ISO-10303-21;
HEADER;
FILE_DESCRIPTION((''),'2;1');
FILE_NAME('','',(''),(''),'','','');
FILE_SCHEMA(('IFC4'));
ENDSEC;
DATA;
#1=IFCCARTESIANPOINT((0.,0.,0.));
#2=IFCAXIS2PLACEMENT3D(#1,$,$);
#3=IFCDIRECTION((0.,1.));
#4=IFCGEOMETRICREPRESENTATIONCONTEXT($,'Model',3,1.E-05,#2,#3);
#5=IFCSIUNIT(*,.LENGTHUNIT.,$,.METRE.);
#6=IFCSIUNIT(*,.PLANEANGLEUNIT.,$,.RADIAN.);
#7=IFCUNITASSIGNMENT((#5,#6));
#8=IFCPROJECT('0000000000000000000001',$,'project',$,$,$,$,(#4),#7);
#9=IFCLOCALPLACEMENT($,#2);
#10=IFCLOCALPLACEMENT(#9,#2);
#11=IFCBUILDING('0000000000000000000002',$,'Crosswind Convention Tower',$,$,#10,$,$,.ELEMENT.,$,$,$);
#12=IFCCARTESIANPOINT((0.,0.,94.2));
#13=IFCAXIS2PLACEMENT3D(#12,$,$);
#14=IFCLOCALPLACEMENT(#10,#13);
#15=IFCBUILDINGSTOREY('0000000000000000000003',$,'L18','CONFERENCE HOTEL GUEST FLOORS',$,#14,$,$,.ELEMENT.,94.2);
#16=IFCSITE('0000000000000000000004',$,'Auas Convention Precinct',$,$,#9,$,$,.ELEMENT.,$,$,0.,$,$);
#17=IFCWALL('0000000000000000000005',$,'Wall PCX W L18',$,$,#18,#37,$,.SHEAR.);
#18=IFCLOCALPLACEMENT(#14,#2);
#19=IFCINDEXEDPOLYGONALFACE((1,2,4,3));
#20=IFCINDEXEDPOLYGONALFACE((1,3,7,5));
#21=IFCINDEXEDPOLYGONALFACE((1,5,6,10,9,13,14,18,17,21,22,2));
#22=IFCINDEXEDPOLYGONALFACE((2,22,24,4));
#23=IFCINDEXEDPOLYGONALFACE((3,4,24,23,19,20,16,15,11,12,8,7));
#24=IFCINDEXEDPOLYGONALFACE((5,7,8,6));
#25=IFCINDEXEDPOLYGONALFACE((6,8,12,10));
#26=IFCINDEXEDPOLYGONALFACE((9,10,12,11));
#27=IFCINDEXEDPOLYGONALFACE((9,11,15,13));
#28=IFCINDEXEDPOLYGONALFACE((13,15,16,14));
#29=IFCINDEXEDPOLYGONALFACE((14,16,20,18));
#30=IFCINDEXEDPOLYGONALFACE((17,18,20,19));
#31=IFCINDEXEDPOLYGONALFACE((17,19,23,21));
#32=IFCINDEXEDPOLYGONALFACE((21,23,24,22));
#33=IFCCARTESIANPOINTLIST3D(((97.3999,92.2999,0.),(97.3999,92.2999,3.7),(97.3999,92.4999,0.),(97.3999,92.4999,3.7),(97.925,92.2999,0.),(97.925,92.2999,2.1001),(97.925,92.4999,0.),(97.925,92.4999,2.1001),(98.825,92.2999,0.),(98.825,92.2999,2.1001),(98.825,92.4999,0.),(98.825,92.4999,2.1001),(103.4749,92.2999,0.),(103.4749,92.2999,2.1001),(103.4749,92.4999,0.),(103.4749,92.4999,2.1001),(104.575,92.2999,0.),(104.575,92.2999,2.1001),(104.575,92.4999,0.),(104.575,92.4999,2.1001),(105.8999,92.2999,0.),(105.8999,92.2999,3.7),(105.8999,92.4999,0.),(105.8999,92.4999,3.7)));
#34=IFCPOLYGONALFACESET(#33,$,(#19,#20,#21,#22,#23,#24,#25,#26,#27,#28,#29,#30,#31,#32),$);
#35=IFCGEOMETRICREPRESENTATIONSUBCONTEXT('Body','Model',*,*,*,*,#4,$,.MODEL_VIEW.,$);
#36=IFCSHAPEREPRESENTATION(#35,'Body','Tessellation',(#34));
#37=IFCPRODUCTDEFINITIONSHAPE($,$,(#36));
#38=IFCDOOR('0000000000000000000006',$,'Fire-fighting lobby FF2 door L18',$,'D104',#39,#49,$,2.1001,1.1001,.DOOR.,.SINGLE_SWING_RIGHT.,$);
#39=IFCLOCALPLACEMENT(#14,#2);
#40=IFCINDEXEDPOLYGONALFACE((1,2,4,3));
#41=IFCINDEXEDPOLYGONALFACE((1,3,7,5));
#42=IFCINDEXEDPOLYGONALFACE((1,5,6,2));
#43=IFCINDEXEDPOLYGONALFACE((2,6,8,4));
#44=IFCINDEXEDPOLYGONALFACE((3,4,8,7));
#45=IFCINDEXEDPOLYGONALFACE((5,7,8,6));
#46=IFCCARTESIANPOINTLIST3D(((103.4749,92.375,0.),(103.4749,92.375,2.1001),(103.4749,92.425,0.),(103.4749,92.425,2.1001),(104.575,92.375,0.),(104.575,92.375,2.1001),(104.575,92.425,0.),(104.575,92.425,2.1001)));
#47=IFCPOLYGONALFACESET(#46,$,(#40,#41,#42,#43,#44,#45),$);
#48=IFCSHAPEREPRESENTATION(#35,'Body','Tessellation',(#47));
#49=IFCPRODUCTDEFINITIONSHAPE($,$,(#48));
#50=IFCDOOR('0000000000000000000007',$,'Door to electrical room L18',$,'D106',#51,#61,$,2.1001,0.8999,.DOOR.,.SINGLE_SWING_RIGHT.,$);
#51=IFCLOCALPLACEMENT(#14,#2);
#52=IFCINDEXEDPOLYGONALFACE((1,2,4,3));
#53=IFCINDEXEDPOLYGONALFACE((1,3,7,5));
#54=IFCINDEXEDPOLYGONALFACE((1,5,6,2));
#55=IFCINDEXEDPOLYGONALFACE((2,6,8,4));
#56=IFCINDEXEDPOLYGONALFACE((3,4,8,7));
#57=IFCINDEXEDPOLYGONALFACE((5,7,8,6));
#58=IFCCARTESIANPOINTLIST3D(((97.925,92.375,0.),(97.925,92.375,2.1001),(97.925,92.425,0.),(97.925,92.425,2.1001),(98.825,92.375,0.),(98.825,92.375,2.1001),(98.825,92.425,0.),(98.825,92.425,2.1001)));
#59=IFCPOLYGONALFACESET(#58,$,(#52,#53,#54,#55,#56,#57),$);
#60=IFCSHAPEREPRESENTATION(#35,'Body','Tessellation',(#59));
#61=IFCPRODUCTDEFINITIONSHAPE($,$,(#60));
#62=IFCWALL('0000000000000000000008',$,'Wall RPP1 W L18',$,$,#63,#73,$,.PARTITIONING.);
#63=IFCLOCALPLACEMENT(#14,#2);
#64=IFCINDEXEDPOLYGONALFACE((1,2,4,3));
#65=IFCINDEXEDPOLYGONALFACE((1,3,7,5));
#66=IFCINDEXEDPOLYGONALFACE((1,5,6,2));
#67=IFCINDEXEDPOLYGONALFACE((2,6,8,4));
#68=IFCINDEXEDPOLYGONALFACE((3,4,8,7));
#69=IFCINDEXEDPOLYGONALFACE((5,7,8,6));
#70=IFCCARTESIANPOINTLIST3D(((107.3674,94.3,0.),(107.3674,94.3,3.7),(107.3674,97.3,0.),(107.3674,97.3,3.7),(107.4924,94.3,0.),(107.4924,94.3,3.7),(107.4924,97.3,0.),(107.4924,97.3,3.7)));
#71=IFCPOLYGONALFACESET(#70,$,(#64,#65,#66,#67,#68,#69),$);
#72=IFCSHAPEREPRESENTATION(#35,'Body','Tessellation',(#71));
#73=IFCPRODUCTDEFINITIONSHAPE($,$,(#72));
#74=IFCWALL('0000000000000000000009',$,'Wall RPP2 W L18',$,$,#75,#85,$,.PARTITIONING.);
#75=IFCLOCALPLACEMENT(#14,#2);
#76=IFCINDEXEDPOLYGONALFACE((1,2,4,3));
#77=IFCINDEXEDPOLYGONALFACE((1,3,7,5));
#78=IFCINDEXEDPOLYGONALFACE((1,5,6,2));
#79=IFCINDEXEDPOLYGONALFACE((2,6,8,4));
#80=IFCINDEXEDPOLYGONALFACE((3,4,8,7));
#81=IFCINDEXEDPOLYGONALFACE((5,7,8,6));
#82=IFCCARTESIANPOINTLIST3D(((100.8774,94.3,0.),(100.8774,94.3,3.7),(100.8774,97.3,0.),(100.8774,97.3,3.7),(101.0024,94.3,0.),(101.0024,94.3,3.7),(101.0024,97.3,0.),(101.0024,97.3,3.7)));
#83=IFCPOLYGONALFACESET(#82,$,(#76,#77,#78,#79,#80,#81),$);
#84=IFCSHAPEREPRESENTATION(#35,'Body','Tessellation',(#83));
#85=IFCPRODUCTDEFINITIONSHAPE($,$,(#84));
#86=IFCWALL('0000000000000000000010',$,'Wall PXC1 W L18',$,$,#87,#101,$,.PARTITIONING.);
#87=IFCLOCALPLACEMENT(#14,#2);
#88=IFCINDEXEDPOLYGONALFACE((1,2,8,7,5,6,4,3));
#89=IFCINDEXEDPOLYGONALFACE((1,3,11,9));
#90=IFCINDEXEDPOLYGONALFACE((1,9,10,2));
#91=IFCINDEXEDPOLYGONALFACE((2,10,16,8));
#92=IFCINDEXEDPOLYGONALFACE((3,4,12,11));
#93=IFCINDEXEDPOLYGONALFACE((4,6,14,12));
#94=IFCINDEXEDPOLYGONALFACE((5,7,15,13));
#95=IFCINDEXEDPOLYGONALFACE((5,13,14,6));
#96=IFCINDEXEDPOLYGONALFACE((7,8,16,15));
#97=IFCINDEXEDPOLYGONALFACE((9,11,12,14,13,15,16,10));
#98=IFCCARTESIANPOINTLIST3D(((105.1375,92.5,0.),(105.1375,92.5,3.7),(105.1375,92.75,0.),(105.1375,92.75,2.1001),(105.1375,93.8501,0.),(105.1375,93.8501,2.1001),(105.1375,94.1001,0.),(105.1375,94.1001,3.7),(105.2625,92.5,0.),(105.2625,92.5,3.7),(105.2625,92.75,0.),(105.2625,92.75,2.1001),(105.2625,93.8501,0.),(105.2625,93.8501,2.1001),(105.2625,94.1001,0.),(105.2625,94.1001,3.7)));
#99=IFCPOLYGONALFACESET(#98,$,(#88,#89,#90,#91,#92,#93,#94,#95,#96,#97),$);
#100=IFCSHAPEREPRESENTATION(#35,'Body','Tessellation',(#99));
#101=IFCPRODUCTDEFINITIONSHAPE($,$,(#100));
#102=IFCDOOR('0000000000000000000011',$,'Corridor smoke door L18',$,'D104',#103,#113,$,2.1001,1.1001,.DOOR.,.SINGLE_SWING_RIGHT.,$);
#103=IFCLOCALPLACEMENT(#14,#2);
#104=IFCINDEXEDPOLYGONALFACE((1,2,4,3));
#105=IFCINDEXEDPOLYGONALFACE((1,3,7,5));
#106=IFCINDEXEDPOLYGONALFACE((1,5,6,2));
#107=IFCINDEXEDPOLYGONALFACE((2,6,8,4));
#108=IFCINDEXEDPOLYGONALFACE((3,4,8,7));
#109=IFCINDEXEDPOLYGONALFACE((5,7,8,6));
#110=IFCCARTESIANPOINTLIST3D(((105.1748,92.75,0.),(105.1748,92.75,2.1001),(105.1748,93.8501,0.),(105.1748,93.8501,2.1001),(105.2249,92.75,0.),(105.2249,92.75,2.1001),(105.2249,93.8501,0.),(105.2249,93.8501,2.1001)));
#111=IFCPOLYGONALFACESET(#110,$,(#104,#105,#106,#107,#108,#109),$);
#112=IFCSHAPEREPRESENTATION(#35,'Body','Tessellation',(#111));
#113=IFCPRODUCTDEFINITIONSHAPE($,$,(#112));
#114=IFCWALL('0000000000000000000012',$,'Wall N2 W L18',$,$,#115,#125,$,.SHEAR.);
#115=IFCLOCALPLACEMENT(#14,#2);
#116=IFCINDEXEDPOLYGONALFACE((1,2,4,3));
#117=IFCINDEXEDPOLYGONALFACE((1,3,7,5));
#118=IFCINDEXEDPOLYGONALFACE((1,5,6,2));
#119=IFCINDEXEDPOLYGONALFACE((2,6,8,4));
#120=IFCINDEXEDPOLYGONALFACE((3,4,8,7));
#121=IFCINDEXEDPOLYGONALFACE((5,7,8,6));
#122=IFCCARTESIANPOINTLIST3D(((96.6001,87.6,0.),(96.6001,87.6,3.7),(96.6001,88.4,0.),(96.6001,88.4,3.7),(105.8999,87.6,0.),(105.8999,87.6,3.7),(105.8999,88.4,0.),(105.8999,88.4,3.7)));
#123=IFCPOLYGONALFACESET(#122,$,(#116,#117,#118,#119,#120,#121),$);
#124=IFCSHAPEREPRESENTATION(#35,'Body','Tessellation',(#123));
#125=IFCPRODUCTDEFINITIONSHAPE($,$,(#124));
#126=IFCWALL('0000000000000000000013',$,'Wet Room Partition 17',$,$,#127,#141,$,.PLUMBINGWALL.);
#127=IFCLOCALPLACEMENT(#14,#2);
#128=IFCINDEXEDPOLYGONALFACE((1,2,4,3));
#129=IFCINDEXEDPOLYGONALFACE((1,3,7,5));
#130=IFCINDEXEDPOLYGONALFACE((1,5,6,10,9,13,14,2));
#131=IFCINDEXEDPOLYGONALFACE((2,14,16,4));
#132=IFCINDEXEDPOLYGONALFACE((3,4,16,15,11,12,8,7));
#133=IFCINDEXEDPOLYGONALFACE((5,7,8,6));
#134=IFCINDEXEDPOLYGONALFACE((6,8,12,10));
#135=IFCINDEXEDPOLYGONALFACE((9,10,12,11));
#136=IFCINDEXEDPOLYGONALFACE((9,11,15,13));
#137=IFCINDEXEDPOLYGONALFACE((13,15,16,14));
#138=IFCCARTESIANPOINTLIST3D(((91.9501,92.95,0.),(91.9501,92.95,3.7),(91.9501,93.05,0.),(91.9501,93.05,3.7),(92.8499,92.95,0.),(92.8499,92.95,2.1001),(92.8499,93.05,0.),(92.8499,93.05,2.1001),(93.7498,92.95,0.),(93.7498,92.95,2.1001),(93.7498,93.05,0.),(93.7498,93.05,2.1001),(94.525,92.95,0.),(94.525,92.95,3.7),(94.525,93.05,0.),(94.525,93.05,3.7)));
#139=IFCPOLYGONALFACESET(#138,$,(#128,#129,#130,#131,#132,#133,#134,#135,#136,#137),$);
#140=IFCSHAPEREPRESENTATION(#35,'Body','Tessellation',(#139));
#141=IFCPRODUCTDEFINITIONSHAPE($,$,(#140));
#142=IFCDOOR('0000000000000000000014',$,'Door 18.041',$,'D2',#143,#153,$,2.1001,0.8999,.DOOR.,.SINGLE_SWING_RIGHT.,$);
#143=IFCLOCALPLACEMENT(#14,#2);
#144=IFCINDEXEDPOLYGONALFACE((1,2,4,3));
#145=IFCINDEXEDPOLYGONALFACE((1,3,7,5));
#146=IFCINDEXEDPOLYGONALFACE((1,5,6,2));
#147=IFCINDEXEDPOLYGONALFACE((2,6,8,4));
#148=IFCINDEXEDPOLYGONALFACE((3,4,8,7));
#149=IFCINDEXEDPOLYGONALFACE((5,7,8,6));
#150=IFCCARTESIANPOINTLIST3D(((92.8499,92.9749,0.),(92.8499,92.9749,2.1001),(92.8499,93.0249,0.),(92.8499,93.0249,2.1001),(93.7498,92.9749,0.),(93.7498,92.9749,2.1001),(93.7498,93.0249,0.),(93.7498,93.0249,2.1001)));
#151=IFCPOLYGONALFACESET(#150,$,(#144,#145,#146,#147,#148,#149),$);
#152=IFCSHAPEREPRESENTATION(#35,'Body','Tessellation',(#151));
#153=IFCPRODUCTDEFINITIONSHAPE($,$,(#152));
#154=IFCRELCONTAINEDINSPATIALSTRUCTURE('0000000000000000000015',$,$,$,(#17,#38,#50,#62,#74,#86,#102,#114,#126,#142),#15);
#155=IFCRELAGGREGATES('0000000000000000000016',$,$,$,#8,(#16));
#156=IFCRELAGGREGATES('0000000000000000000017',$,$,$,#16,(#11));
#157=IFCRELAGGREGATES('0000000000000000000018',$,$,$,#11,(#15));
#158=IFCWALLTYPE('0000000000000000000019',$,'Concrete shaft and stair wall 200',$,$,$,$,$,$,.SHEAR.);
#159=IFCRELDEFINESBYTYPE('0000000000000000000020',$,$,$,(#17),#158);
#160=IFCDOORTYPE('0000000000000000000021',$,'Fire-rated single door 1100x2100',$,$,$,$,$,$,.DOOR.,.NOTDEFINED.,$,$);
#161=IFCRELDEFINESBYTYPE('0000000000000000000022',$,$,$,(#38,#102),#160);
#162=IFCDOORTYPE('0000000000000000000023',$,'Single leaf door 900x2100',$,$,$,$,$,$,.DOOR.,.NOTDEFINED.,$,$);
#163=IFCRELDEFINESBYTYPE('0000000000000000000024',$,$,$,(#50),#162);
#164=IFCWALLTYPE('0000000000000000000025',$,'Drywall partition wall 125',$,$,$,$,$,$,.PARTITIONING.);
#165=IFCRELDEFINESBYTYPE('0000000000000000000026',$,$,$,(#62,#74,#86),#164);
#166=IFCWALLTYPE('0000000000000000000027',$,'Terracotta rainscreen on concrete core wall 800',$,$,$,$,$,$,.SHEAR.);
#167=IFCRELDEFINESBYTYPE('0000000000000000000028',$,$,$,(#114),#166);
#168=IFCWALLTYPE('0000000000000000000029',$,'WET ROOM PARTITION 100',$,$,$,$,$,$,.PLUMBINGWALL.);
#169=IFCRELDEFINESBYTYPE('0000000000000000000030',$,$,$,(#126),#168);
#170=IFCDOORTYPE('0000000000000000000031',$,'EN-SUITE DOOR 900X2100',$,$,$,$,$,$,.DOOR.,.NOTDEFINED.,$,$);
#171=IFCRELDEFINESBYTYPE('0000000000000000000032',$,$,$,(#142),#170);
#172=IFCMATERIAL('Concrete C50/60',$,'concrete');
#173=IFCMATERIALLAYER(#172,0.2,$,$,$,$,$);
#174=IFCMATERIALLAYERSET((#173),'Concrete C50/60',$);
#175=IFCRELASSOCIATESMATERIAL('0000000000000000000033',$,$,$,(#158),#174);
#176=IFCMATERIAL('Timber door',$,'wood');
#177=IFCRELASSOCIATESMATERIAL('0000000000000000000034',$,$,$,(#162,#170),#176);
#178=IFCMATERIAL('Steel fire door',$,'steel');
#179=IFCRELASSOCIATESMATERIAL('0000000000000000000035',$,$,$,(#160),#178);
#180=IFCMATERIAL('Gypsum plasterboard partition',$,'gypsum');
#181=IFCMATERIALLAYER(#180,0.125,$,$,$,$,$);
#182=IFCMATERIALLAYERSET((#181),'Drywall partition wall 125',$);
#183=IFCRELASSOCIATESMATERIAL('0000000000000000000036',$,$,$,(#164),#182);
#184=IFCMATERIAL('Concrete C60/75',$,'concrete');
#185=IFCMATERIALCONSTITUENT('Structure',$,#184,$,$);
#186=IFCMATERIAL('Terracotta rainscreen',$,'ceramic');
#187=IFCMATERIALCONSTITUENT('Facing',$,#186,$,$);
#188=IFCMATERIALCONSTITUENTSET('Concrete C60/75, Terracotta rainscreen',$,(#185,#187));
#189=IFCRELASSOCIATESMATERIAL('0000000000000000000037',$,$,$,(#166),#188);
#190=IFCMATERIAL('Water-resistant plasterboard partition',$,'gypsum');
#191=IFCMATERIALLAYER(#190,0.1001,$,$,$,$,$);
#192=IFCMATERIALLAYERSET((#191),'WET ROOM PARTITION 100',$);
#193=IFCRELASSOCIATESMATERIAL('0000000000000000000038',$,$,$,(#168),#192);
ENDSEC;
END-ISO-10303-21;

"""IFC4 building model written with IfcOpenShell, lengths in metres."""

from ifc_helpers import new_model, si_unit, direction, frame, frame_2d, origin, place, context, subcontext, project, spatial, rectangle, extrude, material, layer, layer_set, constituent, constituent_set, type_object, element, fill, save


model = new_model("IFC4")

# Units and contexts
model_context = context("Model", 3, precision=1e-05, world=origin(), true_north=direction((0.0, 1.0)))
body_context = subcontext(model_context, "Body", "Model", "MODEL_VIEW")
ifc_project = project(units=[si_unit("LENGTHUNIT", "METRE"), si_unit("PLANEANGLEUNIT", "RADIAN")], contexts=[model_context])

# Site, building, storey
site_placement = place(None, origin())
site = spatial("IfcSite", under=ifc_project, at=site_placement, Name="Auas Convention Precinct", CompositionType="ELEMENT", RefElevation=0.0)
building_placement = place(site_placement, origin())
building = spatial("IfcBuilding", under=site, at=building_placement, Name="Crosswind Convention Tower", CompositionType="ELEMENT")
storey_placement = place(building_placement, frame((0.0, 0.0, 94.2)))
storey = spatial("IfcBuildingStorey", under=building, at=storey_placement, Name="L18", Description="CONFERENCE HOTEL GUEST FLOORS", CompositionType="ELEMENT", Elevation=94.2)

# Shared definitions
ifc_material_1 = material(Name="Concrete C50/60", Category="concrete")
ifc_layer_1 = layer(ifc_material_1, 0.2)
ifc_layer_set_1 = layer_set([ifc_layer_1], Name="Concrete C50/60")
wall_type_1 = type_object("IfcWallType", Name="Concrete shaft and stair wall 200", PredefinedType="SHEAR", material=ifc_layer_set_1)

# Shared definitions
ifc_material_2 = material(Name="Timber door", Category="wood")
door_type_1 = type_object("IfcDoorType", Name="Single leaf door 900x2100", OperationType="NOTDEFINED", PredefinedType="DOOR", material=ifc_material_2)

# Wall, openings, doors
wall_1_placement = place(storey_placement, frame((105.8999, 92.3999, 0.0), z_axis=(0.0, 0.0, 1.0), x_axis=(-1.0, 0.0, 0.0)))
wall_1 = element("IfcWall", 1, at=wall_1_placement, inside=storey, type_object=wall_type_1, Name="Wall PCX W L18", PredefinedType="SHEAR", context=body_context, shape_type="SweptSolid", body=[
    extrude(rectangle(XDim=8.5, YDim=0.2, at=frame_2d((4.25, 0.0))), origin(), (0.0, 0.0, 1.0), 3.7),
])
opening_1_placement = place(wall_1_placement, frame((1.325, 0.0, 0.0)))
opening_1 = element("IfcOpeningElement", 2, at=opening_1_placement, cuts=wall_1, PredefinedType="OPENING", context=body_context, shape_type="SweptSolid", body=[
    extrude(rectangle(XDim=1.1001, YDim=2.1001, at=frame_2d((0.55, 1.05))), frame((0.0, 0.1099, 0.0), z_axis=(0.0, -1.0, 0.0), x_axis=(1.0, 0.0, 0.0)), (0.0, 0.0, 1.0), 0.22),
])
opening_2_placement = place(wall_1_placement, frame((7.075, 0.0, 0.0)))
opening_2 = element("IfcOpeningElement", 3, at=opening_2_placement, cuts=wall_1, PredefinedType="OPENING", context=body_context, shape_type="SweptSolid", body=[
    extrude(rectangle(XDim=0.8999, YDim=2.1001, at=frame_2d((0.45, 1.05))), frame((0.0, 0.1099, 0.0), z_axis=(0.0, -1.0, 0.0), x_axis=(1.0, 0.0, 0.0)), (0.0, 0.0, 1.0), 0.22),
])
ifc_material_3 = material(Name="Steel fire door", Category="steel")
door_type_2 = type_object("IfcDoorType", Name="Fire-rated single door 1100x2100", OperationType="NOTDEFINED", PredefinedType="DOOR", material=ifc_material_3)
door_1_placement = place(opening_1_placement, origin())
door_1 = element("IfcDoor", 4, at=door_1_placement, inside=storey, type_object=door_type_2, Name="Fire-fighting lobby FF2 door L18", ObjectType="D104", OperationType="SINGLE_SWING_RIGHT", OverallHeight=2.1001, OverallWidth=1.1001, PredefinedType="DOOR", context=body_context, shape_type="SweptSolid", body=[
    extrude(rectangle(XDim=1.1001, YDim=2.1001, at=frame_2d((0.55, 1.05))), frame((0.0, 0.0249, 0.0), z_axis=(0.0, -1.0, 0.0), x_axis=(1.0, 0.0, 0.0)), (0.0, 0.0, 1.0), 0.05),
])
fill(opening_1, door_1)
door_2_placement = place(opening_2_placement, origin())
door_2 = element("IfcDoor", 5, at=door_2_placement, inside=storey, type_object=door_type_1, Name="Door to electrical room L18", ObjectType="D106", OperationType="SINGLE_SWING_RIGHT", OverallHeight=2.1001, OverallWidth=0.8999, PredefinedType="DOOR", context=body_context, shape_type="SweptSolid", body=[
    extrude(rectangle(XDim=0.8999, YDim=2.1001, at=frame_2d((0.45, 1.05))), frame((0.0, 0.0249, 0.0), z_axis=(0.0, -1.0, 0.0), x_axis=(1.0, 0.0, 0.0)), (0.0, 0.0, 1.0), 0.05),
])
fill(opening_2, door_2)

# Walls
ifc_material_4 = material(Name="Gypsum plasterboard partition", Category="gypsum")
ifc_layer_2 = layer(ifc_material_4, 0.125)
ifc_layer_set_2 = layer_set([ifc_layer_2], Name="Drywall partition wall 125")
wall_type_2 = type_object("IfcWallType", Name="Drywall partition wall 125", PredefinedType="PARTITIONING", material=ifc_layer_set_2)
for number, where, z_axis, x_axis, name in (
    (6, (107.4299, 97.3, 0.0), (0.0, 0.0, 1.0), (0.0, -1.0, 0.0), "Wall RPP1 W L18"),
    (7, (100.9399, 97.3, 0.0), (0.0, 0.0, 1.0), (0.0, -1.0, 0.0), "Wall RPP2 W L18"),
):
    element("IfcWall", number, at=place(storey_placement, frame(where, z_axis=z_axis, x_axis=x_axis)), inside=storey, type_object=wall_type_2, Name=name, PredefinedType="PARTITIONING", context=body_context, shape_type="SweptSolid", body=[
        extrude(rectangle(XDim=3.0, YDim=0.125, at=frame_2d((1.5, 0.0))), origin(), (0.0, 0.0, 1.0), 3.7),
    ])

# Wall, opening, door
wall_2_placement = place(storey_placement, frame((105.2, 94.1001, 0.0), z_axis=(0.0, 0.0, 1.0), x_axis=(0.0, -1.0, 0.0)))
wall_2 = element("IfcWall", 8, at=wall_2_placement, inside=storey, type_object=wall_type_2, Name="Wall PXC1 W L18", PredefinedType="PARTITIONING", context=body_context, shape_type="SweptSolid", body=[
    extrude(rectangle(XDim=1.6001, YDim=0.125, at=frame_2d((0.8, 0.0))), origin(), (0.0, 0.0, 1.0), 3.7),
])
opening_3_placement = place(wall_2_placement, frame((0.25, 0.0, 0.0)))
opening_3 = element("IfcOpeningElement", 9, at=opening_3_placement, cuts=wall_2, PredefinedType="OPENING", context=body_context, shape_type="SweptSolid", body=[
    extrude(rectangle(XDim=1.1001, YDim=2.1001, at=frame_2d((0.55, 1.05))), frame((0.0, 0.0725, 0.0), z_axis=(0.0, -1.0, 0.0), x_axis=(1.0, 0.0, 0.0)), (0.0, 0.0, 1.0), 0.145),
])
door_3_placement = place(opening_3_placement, origin())
door_3 = element("IfcDoor", 10, at=door_3_placement, inside=storey, type_object=door_type_2, Name="Corridor smoke door L18", ObjectType="D104", OperationType="SINGLE_SWING_RIGHT", OverallHeight=2.1001, OverallWidth=1.1001, PredefinedType="DOOR", context=body_context, shape_type="SweptSolid", body=[
    extrude(rectangle(XDim=1.1001, YDim=2.1001, at=frame_2d((0.55, 1.05))), frame((0.0, 0.0249, 0.0), z_axis=(0.0, -1.0, 0.0), x_axis=(1.0, 0.0, 0.0)), (0.0, 0.0, 1.0), 0.05),
])
fill(opening_3, door_3)

# Wall
ifc_material_5 = material(Name="Concrete C60/75", Category="concrete")
ifc_constituent_1 = constituent(ifc_material_5, Name="Structure")
ifc_material_6 = material(Name="Terracotta rainscreen", Category="ceramic")
ifc_constituent_2 = constituent(ifc_material_6, Name="Facing")
ifc_constituent_set = constituent_set(constituents=[ifc_constituent_1, ifc_constituent_2], Name="Concrete C60/75, Terracotta rainscreen")
wall_type_3 = type_object("IfcWallType", Name="Terracotta rainscreen on concrete core wall 800", PredefinedType="SHEAR", material=ifc_constituent_set)
wall_3_placement = place(storey_placement, frame((105.8999, 88.0, 0.0), z_axis=(0.0, 0.0, 1.0), x_axis=(-1.0, 0.0, 0.0)))
element("IfcWall", 11, at=wall_3_placement, inside=storey, type_object=wall_type_3, Name="Wall N2 W L18", PredefinedType="SHEAR", context=body_context, shape_type="SweptSolid", body=[
    extrude(rectangle(XDim=9.2998, YDim=0.8, at=frame_2d((4.6499, 0.0))), origin(), (0.0, 0.0, 1.0), 3.7),
])

# Wall, opening, door
ifc_material_7 = material(Name="Water-resistant plasterboard partition", Category="gypsum")
ifc_layer_3 = layer(ifc_material_7, 0.1001)
ifc_layer_set_3 = layer_set([ifc_layer_3], Name="WET ROOM PARTITION 100")
wall_type_4 = type_object("IfcWallType", Name="WET ROOM PARTITION 100", PredefinedType="PLUMBINGWALL", material=ifc_layer_set_3)
wall_4_placement = place(storey_placement, frame((91.95, 93.0, 0.0), z_axis=(0.0, 0.0, 1.0), x_axis=(1.0, 0.0, 0.0)))
wall_4 = element("IfcWall", 12, at=wall_4_placement, inside=storey, type_object=wall_type_4, Name="Wet Room Partition 17", PredefinedType="PLUMBINGWALL", context=body_context, shape_type="SweptSolid", body=[
    extrude(rectangle(XDim=2.575, YDim=0.1001, at=frame_2d((1.2876, 0.0))), origin(), (0.0, 0.0, 1.0), 3.7),
])
opening_4_placement = place(wall_4_placement, frame((0.8999, 0.0, 0.0)))
opening_4 = element("IfcOpeningElement", 13, at=opening_4_placement, cuts=wall_4, PredefinedType="OPENING", context=body_context, shape_type="SweptSolid", body=[
    extrude(rectangle(XDim=0.8999, YDim=2.1001, at=frame_2d((0.45, 1.05))), frame((0.0, 0.0601, 0.0), z_axis=(0.0, -1.0, 0.0), x_axis=(1.0, 0.0, 0.0)), (0.0, 0.0, 1.0), 0.1201),
])
door_type_3 = type_object("IfcDoorType", Name="EN-SUITE DOOR 900X2100", OperationType="NOTDEFINED", PredefinedType="DOOR", material=ifc_material_2)
door_4_placement = place(opening_4_placement, origin())
door_4 = element("IfcDoor", 14, at=door_4_placement, inside=storey, type_object=door_type_3, Name="Door 18.041", ObjectType="D2", OperationType="SINGLE_SWING_RIGHT", OverallHeight=2.1001, OverallWidth=0.8999, PredefinedType="DOOR", context=body_context, shape_type="SweptSolid", body=[
    extrude(rectangle(XDim=0.8999, YDim=2.1001, at=frame_2d((0.45, 1.05))), frame((0.0, 0.0249, 0.0), z_axis=(0.0, -1.0, 0.0), x_axis=(1.0, 0.0, 0.0)), (0.0, 0.0, 1.0), 0.05),
])
fill(opening_4, door_4)

save(model, "model.ifc")
